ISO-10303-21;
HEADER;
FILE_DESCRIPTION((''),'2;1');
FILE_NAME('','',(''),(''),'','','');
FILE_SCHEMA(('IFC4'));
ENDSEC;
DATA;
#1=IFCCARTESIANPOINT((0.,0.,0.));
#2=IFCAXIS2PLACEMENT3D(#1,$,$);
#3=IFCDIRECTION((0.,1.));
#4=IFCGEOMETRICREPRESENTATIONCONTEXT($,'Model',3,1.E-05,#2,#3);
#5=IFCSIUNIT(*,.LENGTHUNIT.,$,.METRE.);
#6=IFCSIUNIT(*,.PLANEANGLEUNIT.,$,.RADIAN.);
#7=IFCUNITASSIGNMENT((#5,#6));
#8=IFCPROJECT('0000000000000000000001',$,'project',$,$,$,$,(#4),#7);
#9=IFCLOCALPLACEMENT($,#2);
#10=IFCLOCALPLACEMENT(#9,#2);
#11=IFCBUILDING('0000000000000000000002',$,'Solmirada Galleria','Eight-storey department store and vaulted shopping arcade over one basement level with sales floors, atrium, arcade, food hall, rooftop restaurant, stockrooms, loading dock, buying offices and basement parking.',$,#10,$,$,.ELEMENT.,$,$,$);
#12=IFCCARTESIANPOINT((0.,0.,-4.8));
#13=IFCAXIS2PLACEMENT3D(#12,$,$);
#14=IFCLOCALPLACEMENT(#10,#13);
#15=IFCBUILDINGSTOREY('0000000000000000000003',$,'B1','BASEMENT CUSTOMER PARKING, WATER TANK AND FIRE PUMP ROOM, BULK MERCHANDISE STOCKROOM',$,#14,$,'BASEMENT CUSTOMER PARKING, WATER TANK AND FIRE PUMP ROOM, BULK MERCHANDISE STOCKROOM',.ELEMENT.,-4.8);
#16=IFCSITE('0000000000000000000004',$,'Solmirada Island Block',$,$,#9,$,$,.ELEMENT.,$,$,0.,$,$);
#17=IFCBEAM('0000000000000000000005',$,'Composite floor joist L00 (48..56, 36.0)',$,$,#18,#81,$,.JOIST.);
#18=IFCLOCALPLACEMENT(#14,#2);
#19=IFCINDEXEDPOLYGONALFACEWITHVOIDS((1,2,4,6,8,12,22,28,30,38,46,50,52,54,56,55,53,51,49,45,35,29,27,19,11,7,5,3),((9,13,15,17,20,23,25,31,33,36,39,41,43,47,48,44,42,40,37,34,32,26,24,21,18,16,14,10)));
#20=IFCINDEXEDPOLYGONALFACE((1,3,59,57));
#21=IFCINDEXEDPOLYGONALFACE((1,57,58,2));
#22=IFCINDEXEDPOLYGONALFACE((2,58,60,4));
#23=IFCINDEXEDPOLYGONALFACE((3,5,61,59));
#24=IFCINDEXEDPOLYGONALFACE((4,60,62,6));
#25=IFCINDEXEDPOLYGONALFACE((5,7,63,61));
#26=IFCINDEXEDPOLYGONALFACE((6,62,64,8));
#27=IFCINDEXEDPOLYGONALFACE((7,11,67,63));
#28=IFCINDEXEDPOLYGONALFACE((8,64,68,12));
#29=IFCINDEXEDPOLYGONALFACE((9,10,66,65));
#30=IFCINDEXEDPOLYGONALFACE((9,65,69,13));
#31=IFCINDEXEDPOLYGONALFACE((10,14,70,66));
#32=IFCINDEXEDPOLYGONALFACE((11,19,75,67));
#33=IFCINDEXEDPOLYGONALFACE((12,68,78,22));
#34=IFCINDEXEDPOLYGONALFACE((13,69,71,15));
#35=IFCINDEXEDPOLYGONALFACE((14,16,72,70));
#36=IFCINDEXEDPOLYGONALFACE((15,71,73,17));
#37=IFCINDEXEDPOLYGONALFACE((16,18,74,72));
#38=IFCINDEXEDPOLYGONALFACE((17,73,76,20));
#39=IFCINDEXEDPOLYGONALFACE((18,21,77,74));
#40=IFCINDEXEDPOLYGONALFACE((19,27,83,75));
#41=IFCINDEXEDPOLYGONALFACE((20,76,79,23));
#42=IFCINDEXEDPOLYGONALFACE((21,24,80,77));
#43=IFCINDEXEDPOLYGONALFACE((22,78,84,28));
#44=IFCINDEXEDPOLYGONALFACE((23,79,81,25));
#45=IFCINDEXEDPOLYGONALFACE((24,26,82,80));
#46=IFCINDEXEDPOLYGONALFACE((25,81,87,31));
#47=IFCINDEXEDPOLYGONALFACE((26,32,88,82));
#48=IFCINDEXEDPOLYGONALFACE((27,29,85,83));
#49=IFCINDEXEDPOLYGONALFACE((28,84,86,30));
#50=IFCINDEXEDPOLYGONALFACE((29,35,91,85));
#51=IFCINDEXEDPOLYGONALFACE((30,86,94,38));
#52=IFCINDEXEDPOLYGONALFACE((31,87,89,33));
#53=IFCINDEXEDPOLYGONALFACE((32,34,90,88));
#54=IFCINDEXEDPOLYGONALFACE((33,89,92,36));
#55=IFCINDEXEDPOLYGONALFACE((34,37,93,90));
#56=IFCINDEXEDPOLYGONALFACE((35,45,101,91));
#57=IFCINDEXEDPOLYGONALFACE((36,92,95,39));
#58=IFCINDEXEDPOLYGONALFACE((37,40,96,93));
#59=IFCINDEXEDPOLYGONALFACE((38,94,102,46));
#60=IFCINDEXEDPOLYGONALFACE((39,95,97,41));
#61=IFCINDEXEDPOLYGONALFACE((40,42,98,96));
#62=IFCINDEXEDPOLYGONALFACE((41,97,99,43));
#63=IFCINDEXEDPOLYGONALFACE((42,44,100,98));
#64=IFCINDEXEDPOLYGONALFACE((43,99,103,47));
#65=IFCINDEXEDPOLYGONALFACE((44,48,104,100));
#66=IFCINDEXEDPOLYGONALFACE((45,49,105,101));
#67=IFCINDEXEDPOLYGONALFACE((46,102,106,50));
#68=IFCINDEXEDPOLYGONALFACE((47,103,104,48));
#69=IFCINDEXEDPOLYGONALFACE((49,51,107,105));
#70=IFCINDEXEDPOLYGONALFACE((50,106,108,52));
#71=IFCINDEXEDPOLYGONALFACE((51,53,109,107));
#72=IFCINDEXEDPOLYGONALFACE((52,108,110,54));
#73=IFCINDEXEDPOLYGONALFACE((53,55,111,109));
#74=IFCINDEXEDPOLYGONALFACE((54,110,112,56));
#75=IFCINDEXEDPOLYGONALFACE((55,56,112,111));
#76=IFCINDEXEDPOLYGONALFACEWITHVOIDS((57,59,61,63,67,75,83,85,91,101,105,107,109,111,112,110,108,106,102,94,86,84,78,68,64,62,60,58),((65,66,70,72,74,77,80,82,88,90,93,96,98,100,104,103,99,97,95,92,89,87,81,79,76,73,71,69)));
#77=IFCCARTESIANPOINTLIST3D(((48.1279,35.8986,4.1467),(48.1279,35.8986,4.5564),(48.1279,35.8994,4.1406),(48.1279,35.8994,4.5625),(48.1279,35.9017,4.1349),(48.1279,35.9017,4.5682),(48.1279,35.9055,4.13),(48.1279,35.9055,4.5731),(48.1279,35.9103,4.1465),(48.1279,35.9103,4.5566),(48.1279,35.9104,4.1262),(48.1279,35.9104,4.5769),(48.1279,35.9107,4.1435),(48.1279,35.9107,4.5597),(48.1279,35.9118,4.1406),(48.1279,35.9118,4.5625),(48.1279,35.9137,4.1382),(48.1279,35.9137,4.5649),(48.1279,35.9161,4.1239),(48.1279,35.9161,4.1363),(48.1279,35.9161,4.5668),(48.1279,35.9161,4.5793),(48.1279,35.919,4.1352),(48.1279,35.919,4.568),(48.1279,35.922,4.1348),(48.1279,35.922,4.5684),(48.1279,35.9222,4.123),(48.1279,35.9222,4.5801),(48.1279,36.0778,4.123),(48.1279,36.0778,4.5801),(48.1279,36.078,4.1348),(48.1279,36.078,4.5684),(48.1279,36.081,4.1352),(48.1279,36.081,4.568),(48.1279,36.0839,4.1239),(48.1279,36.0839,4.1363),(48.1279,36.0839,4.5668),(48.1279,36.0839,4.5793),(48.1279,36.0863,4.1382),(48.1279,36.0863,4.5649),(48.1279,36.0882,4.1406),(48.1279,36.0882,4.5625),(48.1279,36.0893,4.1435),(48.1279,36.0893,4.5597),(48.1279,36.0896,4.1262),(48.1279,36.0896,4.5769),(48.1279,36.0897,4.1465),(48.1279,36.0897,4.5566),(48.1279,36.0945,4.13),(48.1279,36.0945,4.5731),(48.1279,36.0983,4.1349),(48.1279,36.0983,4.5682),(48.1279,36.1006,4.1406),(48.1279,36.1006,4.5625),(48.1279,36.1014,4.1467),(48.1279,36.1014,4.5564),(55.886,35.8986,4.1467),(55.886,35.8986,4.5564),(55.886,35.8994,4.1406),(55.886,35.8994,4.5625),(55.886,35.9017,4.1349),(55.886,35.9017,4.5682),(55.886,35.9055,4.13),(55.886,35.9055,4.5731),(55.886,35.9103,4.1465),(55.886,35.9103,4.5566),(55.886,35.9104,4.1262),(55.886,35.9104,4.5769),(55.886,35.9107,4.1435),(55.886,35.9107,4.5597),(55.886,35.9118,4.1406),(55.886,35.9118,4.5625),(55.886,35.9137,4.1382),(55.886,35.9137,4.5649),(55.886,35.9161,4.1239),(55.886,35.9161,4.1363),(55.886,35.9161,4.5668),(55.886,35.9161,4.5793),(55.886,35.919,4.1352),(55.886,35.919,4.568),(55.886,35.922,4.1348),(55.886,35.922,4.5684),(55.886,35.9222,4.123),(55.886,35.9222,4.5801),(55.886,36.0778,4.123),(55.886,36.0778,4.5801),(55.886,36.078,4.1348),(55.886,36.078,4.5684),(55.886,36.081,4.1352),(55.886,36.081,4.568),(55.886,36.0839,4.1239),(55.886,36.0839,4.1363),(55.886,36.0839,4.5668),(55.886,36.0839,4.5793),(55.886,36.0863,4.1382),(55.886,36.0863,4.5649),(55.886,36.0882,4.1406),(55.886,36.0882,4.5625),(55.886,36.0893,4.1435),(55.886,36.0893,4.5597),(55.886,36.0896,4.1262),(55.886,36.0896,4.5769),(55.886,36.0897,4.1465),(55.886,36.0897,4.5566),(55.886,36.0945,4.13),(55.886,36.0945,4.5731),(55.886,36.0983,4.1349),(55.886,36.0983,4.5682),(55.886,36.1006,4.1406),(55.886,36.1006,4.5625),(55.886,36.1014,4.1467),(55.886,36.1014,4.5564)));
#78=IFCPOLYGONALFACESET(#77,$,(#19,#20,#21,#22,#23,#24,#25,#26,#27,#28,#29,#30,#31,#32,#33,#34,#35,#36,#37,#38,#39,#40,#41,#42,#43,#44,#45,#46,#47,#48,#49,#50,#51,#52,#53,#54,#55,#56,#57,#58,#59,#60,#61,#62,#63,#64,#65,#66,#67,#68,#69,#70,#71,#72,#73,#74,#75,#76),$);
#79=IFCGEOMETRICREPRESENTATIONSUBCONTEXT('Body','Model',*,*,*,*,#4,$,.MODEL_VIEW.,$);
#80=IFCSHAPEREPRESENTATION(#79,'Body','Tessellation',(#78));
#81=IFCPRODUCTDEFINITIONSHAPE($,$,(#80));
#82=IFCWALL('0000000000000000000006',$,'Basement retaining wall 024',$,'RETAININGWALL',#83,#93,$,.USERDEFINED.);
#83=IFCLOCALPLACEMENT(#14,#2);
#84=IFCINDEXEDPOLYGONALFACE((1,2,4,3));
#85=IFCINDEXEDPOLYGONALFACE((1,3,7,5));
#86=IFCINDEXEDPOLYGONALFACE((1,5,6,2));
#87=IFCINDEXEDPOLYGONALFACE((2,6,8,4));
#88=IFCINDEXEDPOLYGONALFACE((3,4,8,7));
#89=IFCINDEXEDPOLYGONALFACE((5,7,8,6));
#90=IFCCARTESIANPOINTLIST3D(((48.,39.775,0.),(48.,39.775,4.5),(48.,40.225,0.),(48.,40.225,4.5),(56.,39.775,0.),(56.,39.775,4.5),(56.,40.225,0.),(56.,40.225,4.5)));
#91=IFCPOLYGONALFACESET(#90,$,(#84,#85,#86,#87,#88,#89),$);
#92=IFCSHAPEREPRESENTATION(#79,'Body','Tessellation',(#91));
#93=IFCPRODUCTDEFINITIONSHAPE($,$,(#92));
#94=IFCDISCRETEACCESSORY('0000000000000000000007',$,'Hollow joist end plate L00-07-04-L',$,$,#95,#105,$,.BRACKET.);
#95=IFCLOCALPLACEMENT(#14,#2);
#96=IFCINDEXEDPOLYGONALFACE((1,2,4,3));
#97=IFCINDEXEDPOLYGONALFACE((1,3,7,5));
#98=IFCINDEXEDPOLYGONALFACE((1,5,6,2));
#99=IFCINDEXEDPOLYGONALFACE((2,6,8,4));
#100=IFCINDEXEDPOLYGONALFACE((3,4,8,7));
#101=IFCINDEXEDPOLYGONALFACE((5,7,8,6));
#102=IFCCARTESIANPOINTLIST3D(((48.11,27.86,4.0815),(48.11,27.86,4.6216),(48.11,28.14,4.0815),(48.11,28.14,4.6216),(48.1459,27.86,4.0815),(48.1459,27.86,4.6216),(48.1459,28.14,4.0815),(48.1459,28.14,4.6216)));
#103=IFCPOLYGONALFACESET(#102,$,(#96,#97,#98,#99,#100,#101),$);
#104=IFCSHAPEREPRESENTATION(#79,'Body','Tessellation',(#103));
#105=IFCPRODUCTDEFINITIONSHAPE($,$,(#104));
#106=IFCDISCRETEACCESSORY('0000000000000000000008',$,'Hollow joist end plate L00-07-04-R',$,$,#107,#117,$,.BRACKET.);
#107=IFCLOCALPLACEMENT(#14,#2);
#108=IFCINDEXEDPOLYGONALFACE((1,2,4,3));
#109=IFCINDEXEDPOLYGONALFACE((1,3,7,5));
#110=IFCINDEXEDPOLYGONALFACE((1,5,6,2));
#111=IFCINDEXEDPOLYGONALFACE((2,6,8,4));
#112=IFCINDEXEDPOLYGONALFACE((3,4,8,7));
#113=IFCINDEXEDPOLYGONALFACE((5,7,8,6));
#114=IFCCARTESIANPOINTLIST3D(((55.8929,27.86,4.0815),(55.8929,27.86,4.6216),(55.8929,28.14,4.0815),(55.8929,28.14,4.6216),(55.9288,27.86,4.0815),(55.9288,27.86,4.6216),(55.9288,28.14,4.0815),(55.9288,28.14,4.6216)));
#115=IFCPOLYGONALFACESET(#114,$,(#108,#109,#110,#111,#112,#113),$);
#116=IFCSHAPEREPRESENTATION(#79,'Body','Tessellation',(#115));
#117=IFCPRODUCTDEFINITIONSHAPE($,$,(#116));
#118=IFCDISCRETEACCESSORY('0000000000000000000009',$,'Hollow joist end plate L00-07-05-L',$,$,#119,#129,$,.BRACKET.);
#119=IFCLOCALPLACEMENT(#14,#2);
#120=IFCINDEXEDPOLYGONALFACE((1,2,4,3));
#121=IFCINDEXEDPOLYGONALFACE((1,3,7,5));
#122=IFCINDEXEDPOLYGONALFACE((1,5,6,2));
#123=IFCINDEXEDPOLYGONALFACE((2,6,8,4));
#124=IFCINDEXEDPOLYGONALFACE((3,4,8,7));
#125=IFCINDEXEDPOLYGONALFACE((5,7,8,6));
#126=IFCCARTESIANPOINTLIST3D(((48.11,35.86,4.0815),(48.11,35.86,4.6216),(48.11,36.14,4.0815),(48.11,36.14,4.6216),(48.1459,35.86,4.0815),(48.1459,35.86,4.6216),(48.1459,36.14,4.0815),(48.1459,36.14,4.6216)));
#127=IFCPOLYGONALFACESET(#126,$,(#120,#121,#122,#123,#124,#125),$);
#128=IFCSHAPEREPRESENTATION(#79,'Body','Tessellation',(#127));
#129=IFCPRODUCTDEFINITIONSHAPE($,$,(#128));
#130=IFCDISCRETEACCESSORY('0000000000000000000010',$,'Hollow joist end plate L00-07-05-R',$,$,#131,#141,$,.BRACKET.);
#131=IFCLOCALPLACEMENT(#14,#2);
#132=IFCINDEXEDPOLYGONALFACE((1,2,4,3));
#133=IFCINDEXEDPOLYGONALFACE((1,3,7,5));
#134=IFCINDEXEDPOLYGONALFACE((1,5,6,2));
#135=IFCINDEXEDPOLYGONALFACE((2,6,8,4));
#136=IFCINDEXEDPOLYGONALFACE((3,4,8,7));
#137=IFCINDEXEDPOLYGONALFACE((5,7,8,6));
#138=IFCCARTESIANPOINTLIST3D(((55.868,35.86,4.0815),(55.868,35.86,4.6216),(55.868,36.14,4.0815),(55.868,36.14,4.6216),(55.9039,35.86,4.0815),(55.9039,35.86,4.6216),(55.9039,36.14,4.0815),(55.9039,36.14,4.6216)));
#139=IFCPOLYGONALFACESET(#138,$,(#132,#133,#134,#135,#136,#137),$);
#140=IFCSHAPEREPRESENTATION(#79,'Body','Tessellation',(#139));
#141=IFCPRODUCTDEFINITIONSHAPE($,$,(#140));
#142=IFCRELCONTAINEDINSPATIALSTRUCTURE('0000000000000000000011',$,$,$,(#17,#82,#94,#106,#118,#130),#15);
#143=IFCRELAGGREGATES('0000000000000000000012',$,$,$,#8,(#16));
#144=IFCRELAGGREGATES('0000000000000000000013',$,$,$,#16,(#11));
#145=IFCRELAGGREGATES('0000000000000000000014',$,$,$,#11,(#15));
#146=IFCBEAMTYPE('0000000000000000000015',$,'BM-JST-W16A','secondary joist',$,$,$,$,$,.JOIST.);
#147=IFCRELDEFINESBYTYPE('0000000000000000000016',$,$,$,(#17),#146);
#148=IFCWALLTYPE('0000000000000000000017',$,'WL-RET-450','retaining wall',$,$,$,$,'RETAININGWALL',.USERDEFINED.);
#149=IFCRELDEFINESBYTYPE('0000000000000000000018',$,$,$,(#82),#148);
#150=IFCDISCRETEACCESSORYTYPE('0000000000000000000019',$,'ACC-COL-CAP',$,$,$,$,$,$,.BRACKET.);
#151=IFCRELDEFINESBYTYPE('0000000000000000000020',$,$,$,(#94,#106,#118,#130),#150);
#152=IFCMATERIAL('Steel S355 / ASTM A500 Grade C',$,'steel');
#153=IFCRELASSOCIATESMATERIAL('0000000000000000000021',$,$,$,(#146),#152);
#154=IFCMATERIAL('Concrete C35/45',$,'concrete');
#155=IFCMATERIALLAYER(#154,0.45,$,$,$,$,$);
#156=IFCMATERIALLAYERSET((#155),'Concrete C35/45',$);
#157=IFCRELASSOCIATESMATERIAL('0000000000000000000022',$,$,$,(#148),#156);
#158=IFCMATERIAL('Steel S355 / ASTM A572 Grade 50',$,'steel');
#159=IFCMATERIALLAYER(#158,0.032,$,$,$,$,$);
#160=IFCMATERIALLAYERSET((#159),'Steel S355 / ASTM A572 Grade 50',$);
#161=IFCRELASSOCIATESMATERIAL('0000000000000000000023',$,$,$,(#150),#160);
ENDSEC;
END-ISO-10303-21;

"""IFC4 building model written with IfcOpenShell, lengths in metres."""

from ifc_helpers import new_model, si_unit, direction, frame, frame_2d, origin, origin_2d, place, context, subcontext, project, spatial, rectangle, hollow_rectangle, extrude, material, layer, layer_set, material_profile, profile_set, type_object, element, save


model = new_model("IFC4")

# Units and contexts
model_context = context("Model", 3, precision=1e-05, world=origin(), true_north=direction((0.0, 1.0)))
body_context = subcontext(model_context, "Body", "Model", "MODEL_VIEW")
ifc_project = project(units=[si_unit("LENGTHUNIT", "METRE"), si_unit("PLANEANGLEUNIT", "RADIAN")], contexts=[model_context])

# Site, building, storey
site_placement = place(None, origin())
site = spatial("IfcSite", under=ifc_project, at=site_placement, Name="Solmirada Island Block", CompositionType="ELEMENT", RefElevation=0.0)
building_placement = place(site_placement, origin())
building = spatial("IfcBuilding", under=site, at=building_placement, Name="Solmirada Galleria", Description="Eight-storey department store and vaulted shopping arcade over one basement level with sales floors, atrium, arcade, food hall, rooftop restaurant, stockrooms, loading dock, buying offices and basement parking.", CompositionType="ELEMENT")
storey_placement = place(building_placement, frame((0.0, 0.0, -4.8)))
storey = spatial("IfcBuildingStorey", under=building, at=storey_placement, Name="B1", Description="BASEMENT CUSTOMER PARKING, WATER TANK AND FIRE PUMP ROOM, BULK MERCHANDISE STOCKROOM", LongName="BASEMENT CUSTOMER PARKING, WATER TANK AND FIRE PUMP ROOM, BULK MERCHANDISE STOCKROOM", CompositionType="ELEMENT", Elevation=-4.8)

# Shared definitions
ifc_material_1 = material(Name="Concrete C35/45", Category="concrete")

# Shared definitions
ifc_material_2 = material(Name="Steel S355 / ASTM A500 Grade C", Category="steel")

# Beam
ifc_material_profile_1 = material_profile(ifc_material_2, hollow_rectangle(XDim=0.2029, YDim=0.457, WallThickness=0.0117, InnerFilletRadius=0.0117, OuterFilletRadius=0.0237, at=origin_2d()), Name="HSS18X8X1/2")
ifc_profile_set_1 = profile_set([ifc_material_profile_1], Name="Steel S355 / ASTM A500 Grade C")
beam_type_1 = type_object("IfcBeamType", Name="BM-JST-W16A", Description="secondary joist", PredefinedType="JOIST", material=ifc_profile_set_1)
beam_1_placement = place(storey_placement, frame((48.1279, 36.0, 4.3516), z_axis=(1.0, 0.0, 0.0), x_axis=(0.0, 1.0, 0.0)))
element("IfcBeam", 1, at=beam_1_placement, inside=storey, type_object=beam_type_1, Name="Composite floor joist L00 (48..56, 36.0)", PredefinedType="JOIST", context=body_context, shape_type="SweptSolid", body=[
    extrude(hollow_rectangle(XDim=0.2029, YDim=0.457, WallThickness=0.0117, InnerFilletRadius=0.0117, OuterFilletRadius=0.0237, at=origin_2d()), origin(), (0.0, 0.0, 1.0), 7.7581),
])

# Wall
ifc_layer_1 = layer(ifc_material_1, 0.45)
ifc_layer_set_1 = layer_set([ifc_layer_1], Name="Concrete C35/45")
wall_type = type_object("IfcWallType", Name="WL-RET-450", Description="retaining wall", ElementType="RETAININGWALL", PredefinedType="USERDEFINED", material=ifc_layer_set_1)
wall_placement = place(storey_placement, frame((48.0, 40.0, 0.0), z_axis=(0.0, 0.0, 1.0), x_axis=(1.0, 0.0, 0.0)))
element("IfcWall", 2, at=wall_placement, inside=storey, type_object=wall_type, Name="Basement retaining wall 024", ObjectType="RETAININGWALL", PredefinedType="USERDEFINED", context=body_context, shape_type="SweptSolid", body=[
    extrude(rectangle(XDim=8.0, YDim=0.45, at=frame_2d((4.0, 0.0))), origin(), (0.0, 0.0, 1.0), 4.5),
])

# Discrete accessories
ifc_material_3 = material(Name="Steel S355 / ASTM A572 Grade 50", Category="steel")
ifc_layer_2 = layer(ifc_material_3, 0.032)
ifc_layer_set_2 = layer_set([ifc_layer_2], Name="Steel S355 / ASTM A572 Grade 50")
discrete_accessory_type = type_object("IfcDiscreteAccessoryType", Name="ACC-COL-CAP", PredefinedType="BRACKET", material=ifc_layer_set_2)
for number, where, z_axis, x_axis, name in (
    (3, (48.1279, 28.0, 4.0815), (0.0, 0.0, 1.0), (1.0, 0.0, 0.0), "Hollow joist end plate L00-07-04-L"),
    (4, (55.9109, 28.0, 4.0815), (0.0, 0.0, 1.0), (1.0, 0.0, 0.0), "Hollow joist end plate L00-07-04-R"),
    (5, (48.1279, 36.0, 4.0815), (0.0, 0.0, 1.0), (1.0, 0.0, 0.0), "Hollow joist end plate L00-07-05-L"),
    (6, (55.886, 36.0, 4.0815), (0.0, 0.0, 1.0), (1.0, 0.0, 0.0), "Hollow joist end plate L00-07-05-R"),
):
    element("IfcDiscreteAccessory", number, at=place(storey_placement, frame(where, z_axis=z_axis, x_axis=x_axis)), inside=storey, type_object=discrete_accessory_type, Name=name, PredefinedType="BRACKET", context=body_context, shape_type="SweptSolid", body=[
        extrude(rectangle(XDim=0.0359, YDim=0.28, at=origin_2d()), origin(), (0.0, 0.0, 1.0), 0.54),
    ])

save(model, "model.ifc")
